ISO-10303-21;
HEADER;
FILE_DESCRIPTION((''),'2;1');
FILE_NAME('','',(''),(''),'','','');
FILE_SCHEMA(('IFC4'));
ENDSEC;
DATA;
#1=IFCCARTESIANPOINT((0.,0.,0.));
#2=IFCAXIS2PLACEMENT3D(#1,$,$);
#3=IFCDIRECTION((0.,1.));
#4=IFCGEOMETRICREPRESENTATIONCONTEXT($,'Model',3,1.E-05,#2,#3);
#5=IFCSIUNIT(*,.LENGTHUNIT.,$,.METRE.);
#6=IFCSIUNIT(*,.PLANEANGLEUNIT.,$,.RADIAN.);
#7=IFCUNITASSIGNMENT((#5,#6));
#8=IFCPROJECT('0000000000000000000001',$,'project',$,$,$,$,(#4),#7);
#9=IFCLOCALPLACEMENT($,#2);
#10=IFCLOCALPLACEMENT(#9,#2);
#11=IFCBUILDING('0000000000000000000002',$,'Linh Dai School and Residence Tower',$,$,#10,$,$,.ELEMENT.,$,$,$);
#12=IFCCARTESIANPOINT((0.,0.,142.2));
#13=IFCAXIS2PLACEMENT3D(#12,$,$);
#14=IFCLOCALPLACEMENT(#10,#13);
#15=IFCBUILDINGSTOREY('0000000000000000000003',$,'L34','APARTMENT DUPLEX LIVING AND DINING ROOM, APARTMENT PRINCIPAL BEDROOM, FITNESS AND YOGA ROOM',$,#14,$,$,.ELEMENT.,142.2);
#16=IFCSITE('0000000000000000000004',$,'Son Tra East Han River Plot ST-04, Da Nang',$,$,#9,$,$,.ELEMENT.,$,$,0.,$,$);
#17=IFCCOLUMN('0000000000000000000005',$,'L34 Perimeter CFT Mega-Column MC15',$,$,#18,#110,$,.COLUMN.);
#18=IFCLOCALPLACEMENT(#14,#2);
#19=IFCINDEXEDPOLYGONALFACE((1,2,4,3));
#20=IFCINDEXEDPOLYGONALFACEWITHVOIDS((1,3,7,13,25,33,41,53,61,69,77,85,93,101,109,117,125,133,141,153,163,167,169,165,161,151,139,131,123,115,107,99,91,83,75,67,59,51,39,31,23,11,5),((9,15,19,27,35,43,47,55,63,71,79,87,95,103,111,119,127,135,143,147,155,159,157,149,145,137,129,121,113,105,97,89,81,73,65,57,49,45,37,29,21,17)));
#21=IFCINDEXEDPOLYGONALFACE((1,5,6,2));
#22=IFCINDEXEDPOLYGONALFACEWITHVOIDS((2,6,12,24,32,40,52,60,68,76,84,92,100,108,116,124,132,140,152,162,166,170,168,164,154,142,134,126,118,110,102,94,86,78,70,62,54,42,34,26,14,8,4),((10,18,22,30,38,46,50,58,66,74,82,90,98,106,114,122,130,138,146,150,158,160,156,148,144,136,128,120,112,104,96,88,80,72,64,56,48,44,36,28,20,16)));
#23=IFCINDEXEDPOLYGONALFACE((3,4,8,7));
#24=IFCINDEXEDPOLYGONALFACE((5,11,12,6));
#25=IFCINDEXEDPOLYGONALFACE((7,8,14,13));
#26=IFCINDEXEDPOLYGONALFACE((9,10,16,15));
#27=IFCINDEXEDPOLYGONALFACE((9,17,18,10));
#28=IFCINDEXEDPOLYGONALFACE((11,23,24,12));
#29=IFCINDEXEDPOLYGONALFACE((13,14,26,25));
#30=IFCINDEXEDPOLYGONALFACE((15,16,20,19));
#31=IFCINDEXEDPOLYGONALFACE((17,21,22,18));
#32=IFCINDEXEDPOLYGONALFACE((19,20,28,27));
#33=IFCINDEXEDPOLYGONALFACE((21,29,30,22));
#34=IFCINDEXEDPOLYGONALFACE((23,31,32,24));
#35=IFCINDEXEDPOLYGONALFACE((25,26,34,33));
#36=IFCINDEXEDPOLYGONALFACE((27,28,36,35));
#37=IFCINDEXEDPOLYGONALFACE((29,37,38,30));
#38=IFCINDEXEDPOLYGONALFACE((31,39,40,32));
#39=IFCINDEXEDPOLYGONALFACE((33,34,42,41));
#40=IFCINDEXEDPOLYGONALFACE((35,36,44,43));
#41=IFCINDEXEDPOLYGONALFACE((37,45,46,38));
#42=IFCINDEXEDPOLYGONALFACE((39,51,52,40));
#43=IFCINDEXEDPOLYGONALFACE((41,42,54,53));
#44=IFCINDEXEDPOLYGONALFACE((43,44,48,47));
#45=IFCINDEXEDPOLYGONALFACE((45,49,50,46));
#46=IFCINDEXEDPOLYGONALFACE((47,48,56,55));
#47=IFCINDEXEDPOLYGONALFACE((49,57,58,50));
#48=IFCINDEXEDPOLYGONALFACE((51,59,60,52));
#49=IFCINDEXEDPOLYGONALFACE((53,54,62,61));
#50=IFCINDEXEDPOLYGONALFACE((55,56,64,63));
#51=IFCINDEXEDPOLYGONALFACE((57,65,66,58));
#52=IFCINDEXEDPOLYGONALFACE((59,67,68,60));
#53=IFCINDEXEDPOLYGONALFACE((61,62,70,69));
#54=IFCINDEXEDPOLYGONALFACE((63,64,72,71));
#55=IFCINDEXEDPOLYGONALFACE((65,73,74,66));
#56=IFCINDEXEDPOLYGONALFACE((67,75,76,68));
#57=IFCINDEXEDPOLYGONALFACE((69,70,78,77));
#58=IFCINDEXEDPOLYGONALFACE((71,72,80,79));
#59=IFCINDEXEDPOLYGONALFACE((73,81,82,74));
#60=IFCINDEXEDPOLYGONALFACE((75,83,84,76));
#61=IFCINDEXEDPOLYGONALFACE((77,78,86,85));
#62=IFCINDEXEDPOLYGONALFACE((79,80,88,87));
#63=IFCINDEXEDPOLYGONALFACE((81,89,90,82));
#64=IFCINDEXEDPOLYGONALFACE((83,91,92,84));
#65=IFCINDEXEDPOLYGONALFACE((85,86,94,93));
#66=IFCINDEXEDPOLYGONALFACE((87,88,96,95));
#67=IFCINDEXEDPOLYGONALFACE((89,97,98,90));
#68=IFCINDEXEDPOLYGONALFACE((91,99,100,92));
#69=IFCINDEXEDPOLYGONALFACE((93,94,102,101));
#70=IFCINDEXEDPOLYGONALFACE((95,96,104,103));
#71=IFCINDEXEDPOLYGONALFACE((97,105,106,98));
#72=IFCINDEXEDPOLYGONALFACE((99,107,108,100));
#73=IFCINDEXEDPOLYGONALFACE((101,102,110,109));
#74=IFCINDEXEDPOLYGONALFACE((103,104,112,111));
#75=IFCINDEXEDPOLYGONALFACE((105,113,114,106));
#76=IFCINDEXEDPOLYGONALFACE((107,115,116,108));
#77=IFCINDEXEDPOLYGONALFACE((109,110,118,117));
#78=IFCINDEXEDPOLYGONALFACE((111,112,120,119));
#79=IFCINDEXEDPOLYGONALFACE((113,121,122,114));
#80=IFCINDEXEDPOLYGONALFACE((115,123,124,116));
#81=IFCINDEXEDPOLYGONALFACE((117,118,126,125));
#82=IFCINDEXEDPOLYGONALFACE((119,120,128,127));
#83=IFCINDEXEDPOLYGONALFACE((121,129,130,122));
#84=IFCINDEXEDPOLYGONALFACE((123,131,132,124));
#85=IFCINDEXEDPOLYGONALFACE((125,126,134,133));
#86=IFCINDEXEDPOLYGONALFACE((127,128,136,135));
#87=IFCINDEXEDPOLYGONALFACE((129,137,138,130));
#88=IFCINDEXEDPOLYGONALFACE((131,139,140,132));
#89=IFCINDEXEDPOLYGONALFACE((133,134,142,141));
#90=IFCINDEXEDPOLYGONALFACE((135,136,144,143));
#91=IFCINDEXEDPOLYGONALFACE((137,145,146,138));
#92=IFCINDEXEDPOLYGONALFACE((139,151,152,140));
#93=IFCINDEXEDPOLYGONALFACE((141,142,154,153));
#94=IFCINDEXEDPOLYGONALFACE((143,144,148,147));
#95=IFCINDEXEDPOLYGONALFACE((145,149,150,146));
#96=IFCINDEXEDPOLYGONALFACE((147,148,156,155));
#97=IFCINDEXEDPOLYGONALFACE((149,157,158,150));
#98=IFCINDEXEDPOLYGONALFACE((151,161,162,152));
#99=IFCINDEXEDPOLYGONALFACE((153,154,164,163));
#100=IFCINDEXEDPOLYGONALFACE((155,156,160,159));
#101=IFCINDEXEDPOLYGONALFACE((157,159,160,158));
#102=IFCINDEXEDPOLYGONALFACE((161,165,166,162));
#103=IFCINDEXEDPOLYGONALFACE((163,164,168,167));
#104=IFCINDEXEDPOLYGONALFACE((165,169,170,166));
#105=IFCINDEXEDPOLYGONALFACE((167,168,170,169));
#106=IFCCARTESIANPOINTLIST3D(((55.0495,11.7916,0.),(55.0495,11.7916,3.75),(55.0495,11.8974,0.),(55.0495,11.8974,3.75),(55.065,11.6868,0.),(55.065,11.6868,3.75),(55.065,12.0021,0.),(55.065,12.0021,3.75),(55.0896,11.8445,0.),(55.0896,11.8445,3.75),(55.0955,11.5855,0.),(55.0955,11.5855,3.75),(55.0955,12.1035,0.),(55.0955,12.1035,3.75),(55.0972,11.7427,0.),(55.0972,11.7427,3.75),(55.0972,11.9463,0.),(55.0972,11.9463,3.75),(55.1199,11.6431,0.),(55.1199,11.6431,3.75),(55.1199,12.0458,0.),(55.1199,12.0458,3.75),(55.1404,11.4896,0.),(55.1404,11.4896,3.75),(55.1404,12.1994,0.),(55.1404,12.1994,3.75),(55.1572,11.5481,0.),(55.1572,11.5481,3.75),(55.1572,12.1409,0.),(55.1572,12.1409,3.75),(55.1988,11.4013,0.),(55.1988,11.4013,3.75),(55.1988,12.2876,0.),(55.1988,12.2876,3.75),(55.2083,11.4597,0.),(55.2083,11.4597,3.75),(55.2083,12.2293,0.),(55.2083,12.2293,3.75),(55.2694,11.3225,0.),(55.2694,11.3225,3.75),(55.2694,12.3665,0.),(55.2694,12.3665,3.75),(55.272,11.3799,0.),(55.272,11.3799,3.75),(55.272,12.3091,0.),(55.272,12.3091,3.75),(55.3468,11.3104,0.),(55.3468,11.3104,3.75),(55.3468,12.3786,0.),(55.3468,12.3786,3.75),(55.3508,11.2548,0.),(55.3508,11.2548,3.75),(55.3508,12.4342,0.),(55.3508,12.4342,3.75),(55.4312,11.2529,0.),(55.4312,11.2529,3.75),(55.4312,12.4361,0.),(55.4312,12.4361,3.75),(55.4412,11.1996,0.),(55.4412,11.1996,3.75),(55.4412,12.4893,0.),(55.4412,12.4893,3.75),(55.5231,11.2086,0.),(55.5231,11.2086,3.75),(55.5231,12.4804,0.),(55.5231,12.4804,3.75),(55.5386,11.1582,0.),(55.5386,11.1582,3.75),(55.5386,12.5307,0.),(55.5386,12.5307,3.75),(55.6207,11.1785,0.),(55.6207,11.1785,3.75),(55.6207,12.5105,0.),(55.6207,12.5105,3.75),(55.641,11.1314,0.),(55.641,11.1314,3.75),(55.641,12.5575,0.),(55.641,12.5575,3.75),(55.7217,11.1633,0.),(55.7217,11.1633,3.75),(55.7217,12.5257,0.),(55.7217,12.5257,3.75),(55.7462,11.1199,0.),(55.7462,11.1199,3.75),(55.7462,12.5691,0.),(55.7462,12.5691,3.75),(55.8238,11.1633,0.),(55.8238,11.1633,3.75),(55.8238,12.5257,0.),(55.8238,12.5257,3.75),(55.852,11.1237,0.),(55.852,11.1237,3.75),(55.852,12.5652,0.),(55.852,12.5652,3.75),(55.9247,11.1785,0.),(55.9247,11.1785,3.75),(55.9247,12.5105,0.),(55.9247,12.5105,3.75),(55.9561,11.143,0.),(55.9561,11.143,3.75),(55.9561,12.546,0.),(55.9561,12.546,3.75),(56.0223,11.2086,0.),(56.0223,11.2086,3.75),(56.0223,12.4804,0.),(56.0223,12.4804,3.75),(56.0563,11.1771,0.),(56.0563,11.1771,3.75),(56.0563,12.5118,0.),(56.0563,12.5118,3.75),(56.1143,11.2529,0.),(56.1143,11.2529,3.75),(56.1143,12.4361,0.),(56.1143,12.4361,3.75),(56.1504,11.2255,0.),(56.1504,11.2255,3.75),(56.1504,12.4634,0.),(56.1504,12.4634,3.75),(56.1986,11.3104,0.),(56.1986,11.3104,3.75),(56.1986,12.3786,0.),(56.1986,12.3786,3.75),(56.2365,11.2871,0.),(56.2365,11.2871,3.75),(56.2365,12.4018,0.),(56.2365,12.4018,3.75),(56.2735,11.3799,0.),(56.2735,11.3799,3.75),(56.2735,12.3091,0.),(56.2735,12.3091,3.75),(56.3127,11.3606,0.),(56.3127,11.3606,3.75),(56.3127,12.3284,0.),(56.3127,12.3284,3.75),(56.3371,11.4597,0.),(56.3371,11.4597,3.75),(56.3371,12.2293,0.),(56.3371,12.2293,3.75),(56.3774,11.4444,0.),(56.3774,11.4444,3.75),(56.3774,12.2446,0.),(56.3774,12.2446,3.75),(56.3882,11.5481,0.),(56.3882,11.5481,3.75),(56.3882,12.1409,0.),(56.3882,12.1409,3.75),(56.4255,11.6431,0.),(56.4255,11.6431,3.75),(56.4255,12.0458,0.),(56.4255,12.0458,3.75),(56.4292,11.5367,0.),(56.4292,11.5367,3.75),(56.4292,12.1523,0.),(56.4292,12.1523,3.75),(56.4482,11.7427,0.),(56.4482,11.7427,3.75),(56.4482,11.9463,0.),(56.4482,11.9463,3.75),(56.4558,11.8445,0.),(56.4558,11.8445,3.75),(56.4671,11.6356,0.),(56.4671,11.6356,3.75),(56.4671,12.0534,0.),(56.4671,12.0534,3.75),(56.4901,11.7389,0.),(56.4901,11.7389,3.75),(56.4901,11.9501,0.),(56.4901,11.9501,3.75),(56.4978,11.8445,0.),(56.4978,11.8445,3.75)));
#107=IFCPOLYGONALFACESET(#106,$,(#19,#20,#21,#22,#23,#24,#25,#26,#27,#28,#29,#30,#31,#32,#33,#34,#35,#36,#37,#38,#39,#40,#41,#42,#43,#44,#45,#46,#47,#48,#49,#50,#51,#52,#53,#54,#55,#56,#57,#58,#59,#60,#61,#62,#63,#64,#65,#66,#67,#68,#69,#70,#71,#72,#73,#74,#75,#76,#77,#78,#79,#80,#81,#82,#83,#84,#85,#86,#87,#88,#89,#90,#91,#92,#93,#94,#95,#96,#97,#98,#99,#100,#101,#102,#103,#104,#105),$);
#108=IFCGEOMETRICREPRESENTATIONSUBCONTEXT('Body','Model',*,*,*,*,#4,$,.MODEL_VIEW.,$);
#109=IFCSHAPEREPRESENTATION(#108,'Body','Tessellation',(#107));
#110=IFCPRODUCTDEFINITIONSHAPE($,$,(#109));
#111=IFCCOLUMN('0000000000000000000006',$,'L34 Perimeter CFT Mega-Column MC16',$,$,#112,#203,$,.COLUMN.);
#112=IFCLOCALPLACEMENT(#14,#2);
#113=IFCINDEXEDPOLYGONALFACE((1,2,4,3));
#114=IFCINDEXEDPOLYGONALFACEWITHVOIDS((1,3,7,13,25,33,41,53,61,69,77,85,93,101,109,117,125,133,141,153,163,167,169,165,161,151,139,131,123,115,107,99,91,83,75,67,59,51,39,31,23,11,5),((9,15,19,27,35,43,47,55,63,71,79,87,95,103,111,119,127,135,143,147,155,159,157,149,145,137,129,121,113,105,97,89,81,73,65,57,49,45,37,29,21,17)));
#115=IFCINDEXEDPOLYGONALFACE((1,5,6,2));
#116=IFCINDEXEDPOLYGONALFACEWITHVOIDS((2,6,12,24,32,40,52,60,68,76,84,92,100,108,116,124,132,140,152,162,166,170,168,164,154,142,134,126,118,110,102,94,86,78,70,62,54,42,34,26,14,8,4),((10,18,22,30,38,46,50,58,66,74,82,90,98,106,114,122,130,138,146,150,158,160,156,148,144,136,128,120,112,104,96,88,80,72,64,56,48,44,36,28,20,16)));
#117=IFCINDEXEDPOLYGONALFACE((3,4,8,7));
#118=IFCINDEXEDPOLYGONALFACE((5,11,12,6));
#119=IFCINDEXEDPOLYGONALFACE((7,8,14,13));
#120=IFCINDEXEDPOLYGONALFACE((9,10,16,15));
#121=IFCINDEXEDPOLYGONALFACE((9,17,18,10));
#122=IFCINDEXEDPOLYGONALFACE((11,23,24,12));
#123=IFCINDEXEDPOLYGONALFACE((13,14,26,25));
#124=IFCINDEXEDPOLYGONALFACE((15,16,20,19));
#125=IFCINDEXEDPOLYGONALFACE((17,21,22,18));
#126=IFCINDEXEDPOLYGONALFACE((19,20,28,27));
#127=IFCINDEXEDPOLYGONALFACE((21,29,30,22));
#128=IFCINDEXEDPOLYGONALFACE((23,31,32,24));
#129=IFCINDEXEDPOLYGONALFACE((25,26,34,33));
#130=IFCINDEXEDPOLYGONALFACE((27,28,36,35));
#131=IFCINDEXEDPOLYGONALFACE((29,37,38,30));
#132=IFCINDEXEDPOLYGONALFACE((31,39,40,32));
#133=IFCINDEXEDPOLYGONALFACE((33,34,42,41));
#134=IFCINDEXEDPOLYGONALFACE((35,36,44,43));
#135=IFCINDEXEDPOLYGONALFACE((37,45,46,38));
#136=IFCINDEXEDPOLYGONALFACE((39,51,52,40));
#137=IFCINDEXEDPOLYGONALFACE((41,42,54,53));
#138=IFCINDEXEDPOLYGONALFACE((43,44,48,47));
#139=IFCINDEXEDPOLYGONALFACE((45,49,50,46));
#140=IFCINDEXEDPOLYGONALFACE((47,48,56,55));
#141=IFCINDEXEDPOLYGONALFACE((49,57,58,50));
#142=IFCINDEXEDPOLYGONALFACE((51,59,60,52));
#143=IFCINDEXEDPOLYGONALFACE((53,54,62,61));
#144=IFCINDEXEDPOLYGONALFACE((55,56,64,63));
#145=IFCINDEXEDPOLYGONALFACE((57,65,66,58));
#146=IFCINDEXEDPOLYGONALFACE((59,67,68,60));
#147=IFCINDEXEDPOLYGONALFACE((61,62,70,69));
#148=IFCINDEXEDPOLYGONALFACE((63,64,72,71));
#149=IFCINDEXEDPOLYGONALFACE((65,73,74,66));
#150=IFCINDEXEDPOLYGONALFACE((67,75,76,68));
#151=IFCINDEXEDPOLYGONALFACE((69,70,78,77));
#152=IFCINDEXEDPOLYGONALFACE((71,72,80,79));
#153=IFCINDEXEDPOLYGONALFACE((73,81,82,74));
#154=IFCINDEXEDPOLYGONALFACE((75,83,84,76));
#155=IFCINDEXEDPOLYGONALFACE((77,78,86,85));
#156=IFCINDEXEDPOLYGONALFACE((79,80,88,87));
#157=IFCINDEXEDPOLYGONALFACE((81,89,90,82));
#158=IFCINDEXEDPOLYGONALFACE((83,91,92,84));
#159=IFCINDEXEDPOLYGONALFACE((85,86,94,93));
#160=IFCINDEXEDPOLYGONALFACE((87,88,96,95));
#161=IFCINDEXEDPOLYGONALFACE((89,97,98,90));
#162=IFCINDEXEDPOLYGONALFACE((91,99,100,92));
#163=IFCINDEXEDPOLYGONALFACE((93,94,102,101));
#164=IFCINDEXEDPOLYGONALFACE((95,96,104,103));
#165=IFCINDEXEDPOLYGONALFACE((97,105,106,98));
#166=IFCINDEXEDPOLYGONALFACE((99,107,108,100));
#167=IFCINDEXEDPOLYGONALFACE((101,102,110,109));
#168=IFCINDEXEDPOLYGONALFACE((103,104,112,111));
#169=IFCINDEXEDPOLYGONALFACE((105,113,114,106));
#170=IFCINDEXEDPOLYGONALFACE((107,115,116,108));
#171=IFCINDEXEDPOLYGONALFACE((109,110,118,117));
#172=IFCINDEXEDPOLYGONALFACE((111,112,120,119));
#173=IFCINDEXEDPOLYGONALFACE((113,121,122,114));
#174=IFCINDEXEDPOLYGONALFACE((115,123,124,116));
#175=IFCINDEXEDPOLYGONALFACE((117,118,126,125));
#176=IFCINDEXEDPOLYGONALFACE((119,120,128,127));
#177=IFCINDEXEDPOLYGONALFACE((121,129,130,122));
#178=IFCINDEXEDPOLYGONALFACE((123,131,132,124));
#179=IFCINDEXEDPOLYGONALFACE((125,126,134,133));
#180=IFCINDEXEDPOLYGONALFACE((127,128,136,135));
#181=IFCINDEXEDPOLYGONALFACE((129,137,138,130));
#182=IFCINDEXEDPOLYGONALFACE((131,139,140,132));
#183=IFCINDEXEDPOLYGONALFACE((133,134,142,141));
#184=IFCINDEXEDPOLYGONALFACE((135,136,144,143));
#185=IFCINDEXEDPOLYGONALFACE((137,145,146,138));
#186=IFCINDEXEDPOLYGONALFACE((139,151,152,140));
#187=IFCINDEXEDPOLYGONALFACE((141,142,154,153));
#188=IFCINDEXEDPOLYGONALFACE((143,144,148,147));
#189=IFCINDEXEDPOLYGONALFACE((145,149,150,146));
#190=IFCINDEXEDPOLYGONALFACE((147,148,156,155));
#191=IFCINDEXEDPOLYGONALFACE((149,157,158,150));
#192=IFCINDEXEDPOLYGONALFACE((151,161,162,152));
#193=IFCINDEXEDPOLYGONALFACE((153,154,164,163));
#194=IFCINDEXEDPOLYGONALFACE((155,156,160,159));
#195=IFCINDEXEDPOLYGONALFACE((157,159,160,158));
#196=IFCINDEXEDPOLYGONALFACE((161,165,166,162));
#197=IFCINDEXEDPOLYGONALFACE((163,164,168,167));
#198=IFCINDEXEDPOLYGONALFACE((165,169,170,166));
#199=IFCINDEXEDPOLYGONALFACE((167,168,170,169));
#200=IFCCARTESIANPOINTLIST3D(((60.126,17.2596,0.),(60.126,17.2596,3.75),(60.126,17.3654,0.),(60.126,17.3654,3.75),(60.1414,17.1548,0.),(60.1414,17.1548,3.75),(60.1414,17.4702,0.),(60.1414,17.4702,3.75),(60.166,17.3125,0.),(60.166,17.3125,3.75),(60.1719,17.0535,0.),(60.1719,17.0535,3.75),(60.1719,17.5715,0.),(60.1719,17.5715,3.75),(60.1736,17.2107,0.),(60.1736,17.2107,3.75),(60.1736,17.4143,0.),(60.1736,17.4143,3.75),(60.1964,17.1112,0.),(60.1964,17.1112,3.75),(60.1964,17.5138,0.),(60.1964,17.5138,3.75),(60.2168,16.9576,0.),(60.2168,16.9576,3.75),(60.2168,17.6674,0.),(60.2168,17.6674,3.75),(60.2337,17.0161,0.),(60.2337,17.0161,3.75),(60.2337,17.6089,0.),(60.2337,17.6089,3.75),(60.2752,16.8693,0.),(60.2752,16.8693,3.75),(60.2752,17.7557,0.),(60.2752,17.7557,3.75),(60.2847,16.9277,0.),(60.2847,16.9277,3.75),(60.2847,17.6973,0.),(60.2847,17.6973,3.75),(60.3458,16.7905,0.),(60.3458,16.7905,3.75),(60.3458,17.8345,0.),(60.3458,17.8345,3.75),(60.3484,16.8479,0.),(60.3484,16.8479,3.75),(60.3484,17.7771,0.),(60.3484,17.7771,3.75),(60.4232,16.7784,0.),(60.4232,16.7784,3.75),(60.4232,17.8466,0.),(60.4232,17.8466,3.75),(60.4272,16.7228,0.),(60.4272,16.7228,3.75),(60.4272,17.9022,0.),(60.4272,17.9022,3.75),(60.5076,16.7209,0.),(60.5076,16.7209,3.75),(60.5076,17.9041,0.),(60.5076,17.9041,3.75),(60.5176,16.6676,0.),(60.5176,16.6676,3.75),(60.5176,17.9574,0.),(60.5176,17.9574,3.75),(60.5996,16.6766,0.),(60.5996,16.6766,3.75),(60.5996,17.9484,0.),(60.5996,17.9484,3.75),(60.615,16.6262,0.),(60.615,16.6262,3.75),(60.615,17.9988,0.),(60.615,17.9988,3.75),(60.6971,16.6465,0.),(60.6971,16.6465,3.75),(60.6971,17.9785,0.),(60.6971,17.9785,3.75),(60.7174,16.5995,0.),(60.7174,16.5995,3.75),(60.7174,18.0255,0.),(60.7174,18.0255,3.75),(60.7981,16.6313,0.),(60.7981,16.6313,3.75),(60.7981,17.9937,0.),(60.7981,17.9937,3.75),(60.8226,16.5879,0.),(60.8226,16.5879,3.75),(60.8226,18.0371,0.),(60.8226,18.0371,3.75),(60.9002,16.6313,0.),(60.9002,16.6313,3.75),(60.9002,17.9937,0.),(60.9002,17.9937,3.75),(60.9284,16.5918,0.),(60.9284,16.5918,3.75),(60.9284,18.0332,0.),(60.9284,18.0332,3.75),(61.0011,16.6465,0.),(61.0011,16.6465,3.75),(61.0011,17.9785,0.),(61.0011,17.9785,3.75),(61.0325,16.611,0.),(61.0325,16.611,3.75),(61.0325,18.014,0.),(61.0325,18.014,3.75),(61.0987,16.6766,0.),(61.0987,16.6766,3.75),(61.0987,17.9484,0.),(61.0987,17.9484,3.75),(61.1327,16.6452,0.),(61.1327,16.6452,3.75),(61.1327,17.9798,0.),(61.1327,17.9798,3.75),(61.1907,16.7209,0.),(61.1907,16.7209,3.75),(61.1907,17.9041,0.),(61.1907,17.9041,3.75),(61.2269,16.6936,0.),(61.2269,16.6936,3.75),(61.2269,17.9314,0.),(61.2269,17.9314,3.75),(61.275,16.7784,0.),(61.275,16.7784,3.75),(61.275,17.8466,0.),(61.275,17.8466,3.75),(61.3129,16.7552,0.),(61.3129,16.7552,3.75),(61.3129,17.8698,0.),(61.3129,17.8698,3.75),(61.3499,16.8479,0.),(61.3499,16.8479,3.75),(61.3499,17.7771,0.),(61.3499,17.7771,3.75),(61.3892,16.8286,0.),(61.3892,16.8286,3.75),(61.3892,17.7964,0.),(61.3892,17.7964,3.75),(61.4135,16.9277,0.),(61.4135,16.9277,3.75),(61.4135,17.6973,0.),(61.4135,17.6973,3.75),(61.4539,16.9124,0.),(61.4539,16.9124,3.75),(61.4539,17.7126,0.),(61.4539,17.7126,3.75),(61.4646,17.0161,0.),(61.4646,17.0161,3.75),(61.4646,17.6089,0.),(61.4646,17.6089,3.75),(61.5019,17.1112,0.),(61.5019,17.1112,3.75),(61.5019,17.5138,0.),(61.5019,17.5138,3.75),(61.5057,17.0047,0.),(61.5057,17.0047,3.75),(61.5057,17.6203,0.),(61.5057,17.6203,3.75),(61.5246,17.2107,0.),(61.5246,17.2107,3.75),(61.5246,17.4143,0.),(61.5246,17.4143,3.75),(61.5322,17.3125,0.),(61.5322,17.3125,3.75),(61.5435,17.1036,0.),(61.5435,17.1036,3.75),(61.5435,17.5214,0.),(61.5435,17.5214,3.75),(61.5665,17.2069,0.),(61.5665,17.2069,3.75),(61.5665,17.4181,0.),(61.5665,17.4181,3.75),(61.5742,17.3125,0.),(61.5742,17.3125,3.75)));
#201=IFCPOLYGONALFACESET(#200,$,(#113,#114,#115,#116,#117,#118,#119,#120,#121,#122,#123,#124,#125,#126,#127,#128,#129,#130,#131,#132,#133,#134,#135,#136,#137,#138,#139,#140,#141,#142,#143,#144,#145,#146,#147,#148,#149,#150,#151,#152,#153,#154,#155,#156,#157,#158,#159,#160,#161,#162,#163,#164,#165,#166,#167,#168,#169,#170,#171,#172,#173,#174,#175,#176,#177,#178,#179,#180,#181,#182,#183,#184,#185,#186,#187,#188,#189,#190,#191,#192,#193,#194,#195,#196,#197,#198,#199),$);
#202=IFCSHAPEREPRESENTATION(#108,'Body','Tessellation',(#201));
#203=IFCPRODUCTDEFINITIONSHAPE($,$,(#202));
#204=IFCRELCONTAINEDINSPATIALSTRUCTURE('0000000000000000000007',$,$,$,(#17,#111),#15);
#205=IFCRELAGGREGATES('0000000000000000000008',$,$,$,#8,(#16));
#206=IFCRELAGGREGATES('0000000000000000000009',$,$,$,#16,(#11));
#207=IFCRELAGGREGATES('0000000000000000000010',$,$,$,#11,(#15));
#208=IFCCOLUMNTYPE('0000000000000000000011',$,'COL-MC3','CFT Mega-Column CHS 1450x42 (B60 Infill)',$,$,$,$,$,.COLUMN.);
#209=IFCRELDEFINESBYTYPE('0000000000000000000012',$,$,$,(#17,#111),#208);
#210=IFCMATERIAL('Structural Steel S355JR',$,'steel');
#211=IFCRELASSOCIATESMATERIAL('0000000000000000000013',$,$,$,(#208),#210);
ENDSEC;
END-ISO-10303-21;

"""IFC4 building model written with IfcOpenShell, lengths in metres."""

from ifc_helpers import new_model, si_unit, direction, frame, origin, origin_2d, place, context, subcontext, project, spatial, hollow_circle, extrude, material, material_profile, profile_set, type_object, element, save


model = new_model("IFC4")

# Units and contexts
model_context = context("Model", 3, precision=1e-05, world=origin(), true_north=direction((0.0, 1.0)))
body_context = subcontext(model_context, "Body", "Model", "MODEL_VIEW")
ifc_project = project(units=[si_unit("LENGTHUNIT", "METRE"), si_unit("PLANEANGLEUNIT", "RADIAN")], contexts=[model_context])

# Site, building, storey
site_placement = place(None, origin())
site = spatial("IfcSite", under=ifc_project, at=site_placement, Name="Son Tra East Han River Plot ST-04, Da Nang", CompositionType="ELEMENT", RefElevation=0.0)
building_placement = place(site_placement, origin())
building = spatial("IfcBuilding", under=site, at=building_placement, Name="Linh Dai School and Residence Tower", CompositionType="ELEMENT")
storey_placement = place(building_placement, frame((0.0, 0.0, 142.2)))
storey = spatial("IfcBuildingStorey", under=building, at=storey_placement, Name="L34", Description="APARTMENT DUPLEX LIVING AND DINING ROOM, APARTMENT PRINCIPAL BEDROOM, FITNESS AND YOGA ROOM", CompositionType="ELEMENT", Elevation=142.2)

# Columns
ifc_material_1 = material(Name="Structural Steel S355JR", Category="steel")
ifc_material_profile_1 = material_profile(ifc_material_1, hollow_circle(Radius=0.7251, WallThickness=0.042, at=origin_2d()), Name="CHS 1450x42")
ifc_profile_set_1 = profile_set([ifc_material_profile_1], Name="Structural Steel S355JR")
column_type = type_object("IfcColumnType", Name="COL-MC3", Description="CFT Mega-Column CHS 1450x42 (B60 Infill)", PredefinedType="COLUMN", material=ifc_profile_set_1)
for number, where, z_axis, x_axis, name in (
    (1, (55.7727, 11.8445, 0.0), (0.0, 0.0, 1.0), (1.0, 0.0, 0.0), "L34 Perimeter CFT Mega-Column MC15"),
    (2, (60.8491, 17.3125, 0.0), (0.0, 0.0, 1.0), (1.0, 0.0, 0.0), "L34 Perimeter CFT Mega-Column MC16"),
):
    element("IfcColumn", number, at=place(storey_placement, frame(where, z_axis=z_axis, x_axis=x_axis)), inside=storey, type_object=column_type, Name=name, PredefinedType="COLUMN", context=body_context, shape_type="SweptSolid", body=[
        extrude(hollow_circle(Radius=0.7251, WallThickness=0.042, at=origin_2d()), origin(), (0.0, 0.0, 1.0), 3.75),
    ])

save(model, "model.ifc")
